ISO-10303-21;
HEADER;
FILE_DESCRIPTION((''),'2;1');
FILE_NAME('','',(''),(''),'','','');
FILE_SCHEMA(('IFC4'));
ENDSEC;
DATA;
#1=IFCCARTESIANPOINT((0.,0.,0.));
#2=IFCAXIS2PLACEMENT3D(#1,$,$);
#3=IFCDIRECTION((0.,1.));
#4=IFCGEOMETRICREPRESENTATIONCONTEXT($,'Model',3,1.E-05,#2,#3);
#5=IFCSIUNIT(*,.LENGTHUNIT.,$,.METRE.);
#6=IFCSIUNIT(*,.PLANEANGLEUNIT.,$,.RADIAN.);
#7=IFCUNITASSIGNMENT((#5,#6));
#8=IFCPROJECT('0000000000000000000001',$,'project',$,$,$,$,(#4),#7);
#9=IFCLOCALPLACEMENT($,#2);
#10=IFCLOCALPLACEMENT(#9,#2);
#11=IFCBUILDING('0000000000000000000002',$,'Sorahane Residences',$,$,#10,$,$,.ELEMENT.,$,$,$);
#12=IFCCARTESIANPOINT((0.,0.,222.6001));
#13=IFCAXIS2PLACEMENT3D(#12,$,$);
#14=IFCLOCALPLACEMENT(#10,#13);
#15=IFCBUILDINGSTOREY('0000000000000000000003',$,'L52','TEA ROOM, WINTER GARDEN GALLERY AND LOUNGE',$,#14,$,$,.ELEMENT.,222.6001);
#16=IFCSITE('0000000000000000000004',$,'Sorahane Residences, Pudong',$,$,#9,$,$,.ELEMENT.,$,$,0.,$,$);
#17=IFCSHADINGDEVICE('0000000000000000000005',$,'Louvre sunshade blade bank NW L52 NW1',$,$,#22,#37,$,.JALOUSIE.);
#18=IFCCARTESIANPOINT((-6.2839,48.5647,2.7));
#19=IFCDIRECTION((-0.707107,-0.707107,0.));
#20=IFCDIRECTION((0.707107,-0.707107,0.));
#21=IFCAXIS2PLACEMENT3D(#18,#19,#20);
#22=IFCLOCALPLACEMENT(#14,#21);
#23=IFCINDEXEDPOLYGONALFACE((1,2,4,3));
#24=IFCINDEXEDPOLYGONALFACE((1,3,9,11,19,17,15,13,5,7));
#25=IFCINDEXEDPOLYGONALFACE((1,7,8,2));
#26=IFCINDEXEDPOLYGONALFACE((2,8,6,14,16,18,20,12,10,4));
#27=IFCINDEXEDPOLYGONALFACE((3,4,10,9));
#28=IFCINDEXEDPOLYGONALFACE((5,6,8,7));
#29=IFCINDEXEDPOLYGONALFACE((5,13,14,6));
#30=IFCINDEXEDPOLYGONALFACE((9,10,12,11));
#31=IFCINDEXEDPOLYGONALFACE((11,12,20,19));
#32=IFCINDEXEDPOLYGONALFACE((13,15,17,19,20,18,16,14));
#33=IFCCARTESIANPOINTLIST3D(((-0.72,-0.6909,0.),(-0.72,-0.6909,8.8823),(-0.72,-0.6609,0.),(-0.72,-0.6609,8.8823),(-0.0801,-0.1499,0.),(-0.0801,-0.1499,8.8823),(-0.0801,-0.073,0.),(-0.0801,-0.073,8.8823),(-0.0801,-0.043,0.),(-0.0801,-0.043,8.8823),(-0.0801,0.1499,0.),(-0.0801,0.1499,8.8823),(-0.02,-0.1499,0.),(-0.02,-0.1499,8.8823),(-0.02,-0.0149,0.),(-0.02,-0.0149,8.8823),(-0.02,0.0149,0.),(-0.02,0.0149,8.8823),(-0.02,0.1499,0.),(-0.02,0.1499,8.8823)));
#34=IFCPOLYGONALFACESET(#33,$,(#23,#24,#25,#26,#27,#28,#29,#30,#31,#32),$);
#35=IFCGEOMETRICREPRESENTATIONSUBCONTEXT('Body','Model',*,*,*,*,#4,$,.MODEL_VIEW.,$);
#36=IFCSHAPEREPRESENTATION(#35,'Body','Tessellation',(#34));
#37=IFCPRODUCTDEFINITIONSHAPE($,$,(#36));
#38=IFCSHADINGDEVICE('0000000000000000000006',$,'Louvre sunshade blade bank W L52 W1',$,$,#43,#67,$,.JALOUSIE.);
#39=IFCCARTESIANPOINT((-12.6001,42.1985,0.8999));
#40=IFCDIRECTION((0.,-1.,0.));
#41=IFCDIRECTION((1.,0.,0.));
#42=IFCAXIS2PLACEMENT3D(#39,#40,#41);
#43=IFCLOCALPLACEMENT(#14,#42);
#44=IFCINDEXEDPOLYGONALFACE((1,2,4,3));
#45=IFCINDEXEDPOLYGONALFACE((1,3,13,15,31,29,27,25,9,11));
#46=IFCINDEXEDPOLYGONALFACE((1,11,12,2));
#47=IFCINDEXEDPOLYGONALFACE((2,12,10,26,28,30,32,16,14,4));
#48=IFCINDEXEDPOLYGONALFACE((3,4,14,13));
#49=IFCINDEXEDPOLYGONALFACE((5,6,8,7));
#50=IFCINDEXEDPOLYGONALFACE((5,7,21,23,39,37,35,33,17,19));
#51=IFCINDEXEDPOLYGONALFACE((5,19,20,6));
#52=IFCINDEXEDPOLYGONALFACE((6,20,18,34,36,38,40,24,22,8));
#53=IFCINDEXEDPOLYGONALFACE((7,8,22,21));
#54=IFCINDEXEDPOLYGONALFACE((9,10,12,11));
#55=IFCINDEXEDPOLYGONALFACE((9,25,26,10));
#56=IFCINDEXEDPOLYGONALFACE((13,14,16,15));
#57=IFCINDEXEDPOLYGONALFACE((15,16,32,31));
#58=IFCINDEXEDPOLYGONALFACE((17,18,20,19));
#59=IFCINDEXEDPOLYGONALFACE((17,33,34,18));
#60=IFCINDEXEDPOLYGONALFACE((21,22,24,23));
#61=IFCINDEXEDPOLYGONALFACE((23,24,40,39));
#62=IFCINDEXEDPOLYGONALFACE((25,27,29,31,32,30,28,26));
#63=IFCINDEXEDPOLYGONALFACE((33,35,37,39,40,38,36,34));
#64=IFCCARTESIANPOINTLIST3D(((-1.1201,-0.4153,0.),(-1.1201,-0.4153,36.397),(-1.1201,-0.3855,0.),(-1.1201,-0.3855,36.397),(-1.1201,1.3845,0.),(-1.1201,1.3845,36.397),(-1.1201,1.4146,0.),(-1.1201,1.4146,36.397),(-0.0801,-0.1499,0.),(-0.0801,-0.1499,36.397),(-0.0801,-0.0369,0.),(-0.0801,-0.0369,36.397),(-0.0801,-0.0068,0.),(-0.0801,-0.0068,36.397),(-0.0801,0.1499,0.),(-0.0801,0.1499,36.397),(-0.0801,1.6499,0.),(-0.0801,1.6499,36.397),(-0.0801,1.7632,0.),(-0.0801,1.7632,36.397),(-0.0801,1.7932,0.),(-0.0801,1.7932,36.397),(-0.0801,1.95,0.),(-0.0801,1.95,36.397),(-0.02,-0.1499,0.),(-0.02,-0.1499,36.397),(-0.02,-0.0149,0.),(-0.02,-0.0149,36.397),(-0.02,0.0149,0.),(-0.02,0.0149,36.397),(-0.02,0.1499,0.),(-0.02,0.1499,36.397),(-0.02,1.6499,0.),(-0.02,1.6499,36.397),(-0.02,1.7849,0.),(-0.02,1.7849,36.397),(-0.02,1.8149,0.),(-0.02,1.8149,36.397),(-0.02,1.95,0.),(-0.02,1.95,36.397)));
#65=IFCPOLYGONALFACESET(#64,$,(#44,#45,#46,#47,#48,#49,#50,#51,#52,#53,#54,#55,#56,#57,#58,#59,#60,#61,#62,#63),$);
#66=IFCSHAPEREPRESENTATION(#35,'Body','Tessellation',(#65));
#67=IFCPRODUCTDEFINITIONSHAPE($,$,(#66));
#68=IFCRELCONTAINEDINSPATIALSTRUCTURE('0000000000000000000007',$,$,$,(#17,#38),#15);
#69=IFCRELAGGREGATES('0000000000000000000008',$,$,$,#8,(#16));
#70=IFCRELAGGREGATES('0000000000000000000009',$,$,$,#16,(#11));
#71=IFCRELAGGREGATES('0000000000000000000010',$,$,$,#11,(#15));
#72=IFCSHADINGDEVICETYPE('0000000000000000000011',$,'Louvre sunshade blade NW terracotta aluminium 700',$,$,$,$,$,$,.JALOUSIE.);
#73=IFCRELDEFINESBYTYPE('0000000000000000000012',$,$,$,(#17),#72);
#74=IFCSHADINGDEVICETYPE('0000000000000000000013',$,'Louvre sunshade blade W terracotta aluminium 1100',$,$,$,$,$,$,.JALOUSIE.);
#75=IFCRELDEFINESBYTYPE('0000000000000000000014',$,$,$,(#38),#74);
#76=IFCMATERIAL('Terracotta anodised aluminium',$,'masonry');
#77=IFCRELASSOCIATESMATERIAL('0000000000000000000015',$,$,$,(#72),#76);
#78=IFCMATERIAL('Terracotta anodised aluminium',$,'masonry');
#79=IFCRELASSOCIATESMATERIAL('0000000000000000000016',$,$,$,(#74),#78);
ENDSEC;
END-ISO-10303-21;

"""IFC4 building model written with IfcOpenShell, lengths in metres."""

from ifc_helpers import new_model, si_unit, direction, frame, origin, place, context, subcontext, project, spatial, polyline, outline, composite_profile, extrude, material, type_object, element, save


model = new_model("IFC4")

# Units and contexts
model_context = context("Model", 3, precision=1e-05, world=origin(), true_north=direction((0.0, 1.0)))
body_context = subcontext(model_context, "Body", "Model", "MODEL_VIEW")
ifc_project = project(units=[si_unit("LENGTHUNIT", "METRE"), si_unit("PLANEANGLEUNIT", "RADIAN")], contexts=[model_context])

# Site, building, storey
site_placement = place(None, origin())
site = spatial("IfcSite", under=ifc_project, at=site_placement, Name="Sorahane Residences, Pudong", CompositionType="ELEMENT", RefElevation=0.0)
building_placement = place(site_placement, origin())
building = spatial("IfcBuilding", under=site, at=building_placement, Name="Sorahane Residences", CompositionType="ELEMENT")
storey_placement = place(building_placement, frame((0.0, 0.0, 222.6001)))
storey = spatial("IfcBuildingStorey", under=building, at=storey_placement, Name="L52", Description="TEA ROOM, WINTER GARDEN GALLERY AND LOUNGE", CompositionType="ELEMENT", Elevation=222.6001)

# Shading devices
ifc_material_1 = material(Name="Terracotta anodised aluminium", Category="masonry")
shading_device_type_1 = type_object("IfcShadingDeviceType", Name="Louvre sunshade blade NW terracotta aluminium 700", PredefinedType="JALOUSIE", material=ifc_material_1)
shading_device_1_placement = place(storey_placement, frame((-6.2839, 48.5647, 2.7), z_axis=(-0.707107, -0.707107, 0.0), x_axis=(0.707107, -0.707107, 0.0)))
element("IfcShadingDevice", 1, at=shading_device_1_placement, inside=storey, type_object=shading_device_type_1, Name="Louvre sunshade blade bank NW L52 NW1", PredefinedType="JALOUSIE", context=body_context, shape_type="SweptSolid", body=[
    extrude(outline(polyline([(-0.72, -0.6609), (-0.72, -0.6909), (-0.0801, -0.073), (-0.0801, -0.1499), (-0.02, -0.1499), (-0.02, -0.0149), (-0.02, 0.0149), (-0.02, 0.1499), (-0.0801, 0.1499), (-0.0801, -0.043), (-0.72, -0.6609)])), origin(), (0.0, 0.0, 1.0), 8.8823),
])
ifc_material_2 = material(Name="Terracotta anodised aluminium", Category="masonry")
shading_device_type_2 = type_object("IfcShadingDeviceType", Name="Louvre sunshade blade W terracotta aluminium 1100", PredefinedType="JALOUSIE", material=ifc_material_2)
shading_device_2_placement = place(storey_placement, frame((-12.6001, 42.1985, 0.8999), z_axis=(0.0, -1.0, 0.0), x_axis=(1.0, 0.0, 0.0)))
element("IfcShadingDevice", 2, at=shading_device_2_placement, inside=storey, type_object=shading_device_type_2, Name="Louvre sunshade blade bank W L52 W1", PredefinedType="JALOUSIE", context=body_context, shape_type="SweptSolid", body=[
    extrude(composite_profile([outline(polyline([(-1.1201, -0.3855), (-1.1201, -0.4153), (-0.0801, -0.0369), (-0.0801, -0.1499), (-0.02, -0.1499), (-0.02, -0.0149), (-0.02, 0.0149), (-0.02, 0.1499), (-0.0801, 0.1499), (-0.0801, -0.0068), (-1.1201, -0.3855)])), outline(polyline([(-1.1201, 1.4146), (-1.1201, 1.3845), (-0.0801, 1.7632), (-0.0801, 1.6499), (-0.02, 1.6499), (-0.02, 1.7849), (-0.02, 1.8149), (-0.02, 1.95), (-0.0801, 1.95), (-0.0801, 1.7932), (-1.1201, 1.4146)]))]), origin(), (0.0, 0.0, 1.0), 36.397),
])

save(model, "model.ifc")
